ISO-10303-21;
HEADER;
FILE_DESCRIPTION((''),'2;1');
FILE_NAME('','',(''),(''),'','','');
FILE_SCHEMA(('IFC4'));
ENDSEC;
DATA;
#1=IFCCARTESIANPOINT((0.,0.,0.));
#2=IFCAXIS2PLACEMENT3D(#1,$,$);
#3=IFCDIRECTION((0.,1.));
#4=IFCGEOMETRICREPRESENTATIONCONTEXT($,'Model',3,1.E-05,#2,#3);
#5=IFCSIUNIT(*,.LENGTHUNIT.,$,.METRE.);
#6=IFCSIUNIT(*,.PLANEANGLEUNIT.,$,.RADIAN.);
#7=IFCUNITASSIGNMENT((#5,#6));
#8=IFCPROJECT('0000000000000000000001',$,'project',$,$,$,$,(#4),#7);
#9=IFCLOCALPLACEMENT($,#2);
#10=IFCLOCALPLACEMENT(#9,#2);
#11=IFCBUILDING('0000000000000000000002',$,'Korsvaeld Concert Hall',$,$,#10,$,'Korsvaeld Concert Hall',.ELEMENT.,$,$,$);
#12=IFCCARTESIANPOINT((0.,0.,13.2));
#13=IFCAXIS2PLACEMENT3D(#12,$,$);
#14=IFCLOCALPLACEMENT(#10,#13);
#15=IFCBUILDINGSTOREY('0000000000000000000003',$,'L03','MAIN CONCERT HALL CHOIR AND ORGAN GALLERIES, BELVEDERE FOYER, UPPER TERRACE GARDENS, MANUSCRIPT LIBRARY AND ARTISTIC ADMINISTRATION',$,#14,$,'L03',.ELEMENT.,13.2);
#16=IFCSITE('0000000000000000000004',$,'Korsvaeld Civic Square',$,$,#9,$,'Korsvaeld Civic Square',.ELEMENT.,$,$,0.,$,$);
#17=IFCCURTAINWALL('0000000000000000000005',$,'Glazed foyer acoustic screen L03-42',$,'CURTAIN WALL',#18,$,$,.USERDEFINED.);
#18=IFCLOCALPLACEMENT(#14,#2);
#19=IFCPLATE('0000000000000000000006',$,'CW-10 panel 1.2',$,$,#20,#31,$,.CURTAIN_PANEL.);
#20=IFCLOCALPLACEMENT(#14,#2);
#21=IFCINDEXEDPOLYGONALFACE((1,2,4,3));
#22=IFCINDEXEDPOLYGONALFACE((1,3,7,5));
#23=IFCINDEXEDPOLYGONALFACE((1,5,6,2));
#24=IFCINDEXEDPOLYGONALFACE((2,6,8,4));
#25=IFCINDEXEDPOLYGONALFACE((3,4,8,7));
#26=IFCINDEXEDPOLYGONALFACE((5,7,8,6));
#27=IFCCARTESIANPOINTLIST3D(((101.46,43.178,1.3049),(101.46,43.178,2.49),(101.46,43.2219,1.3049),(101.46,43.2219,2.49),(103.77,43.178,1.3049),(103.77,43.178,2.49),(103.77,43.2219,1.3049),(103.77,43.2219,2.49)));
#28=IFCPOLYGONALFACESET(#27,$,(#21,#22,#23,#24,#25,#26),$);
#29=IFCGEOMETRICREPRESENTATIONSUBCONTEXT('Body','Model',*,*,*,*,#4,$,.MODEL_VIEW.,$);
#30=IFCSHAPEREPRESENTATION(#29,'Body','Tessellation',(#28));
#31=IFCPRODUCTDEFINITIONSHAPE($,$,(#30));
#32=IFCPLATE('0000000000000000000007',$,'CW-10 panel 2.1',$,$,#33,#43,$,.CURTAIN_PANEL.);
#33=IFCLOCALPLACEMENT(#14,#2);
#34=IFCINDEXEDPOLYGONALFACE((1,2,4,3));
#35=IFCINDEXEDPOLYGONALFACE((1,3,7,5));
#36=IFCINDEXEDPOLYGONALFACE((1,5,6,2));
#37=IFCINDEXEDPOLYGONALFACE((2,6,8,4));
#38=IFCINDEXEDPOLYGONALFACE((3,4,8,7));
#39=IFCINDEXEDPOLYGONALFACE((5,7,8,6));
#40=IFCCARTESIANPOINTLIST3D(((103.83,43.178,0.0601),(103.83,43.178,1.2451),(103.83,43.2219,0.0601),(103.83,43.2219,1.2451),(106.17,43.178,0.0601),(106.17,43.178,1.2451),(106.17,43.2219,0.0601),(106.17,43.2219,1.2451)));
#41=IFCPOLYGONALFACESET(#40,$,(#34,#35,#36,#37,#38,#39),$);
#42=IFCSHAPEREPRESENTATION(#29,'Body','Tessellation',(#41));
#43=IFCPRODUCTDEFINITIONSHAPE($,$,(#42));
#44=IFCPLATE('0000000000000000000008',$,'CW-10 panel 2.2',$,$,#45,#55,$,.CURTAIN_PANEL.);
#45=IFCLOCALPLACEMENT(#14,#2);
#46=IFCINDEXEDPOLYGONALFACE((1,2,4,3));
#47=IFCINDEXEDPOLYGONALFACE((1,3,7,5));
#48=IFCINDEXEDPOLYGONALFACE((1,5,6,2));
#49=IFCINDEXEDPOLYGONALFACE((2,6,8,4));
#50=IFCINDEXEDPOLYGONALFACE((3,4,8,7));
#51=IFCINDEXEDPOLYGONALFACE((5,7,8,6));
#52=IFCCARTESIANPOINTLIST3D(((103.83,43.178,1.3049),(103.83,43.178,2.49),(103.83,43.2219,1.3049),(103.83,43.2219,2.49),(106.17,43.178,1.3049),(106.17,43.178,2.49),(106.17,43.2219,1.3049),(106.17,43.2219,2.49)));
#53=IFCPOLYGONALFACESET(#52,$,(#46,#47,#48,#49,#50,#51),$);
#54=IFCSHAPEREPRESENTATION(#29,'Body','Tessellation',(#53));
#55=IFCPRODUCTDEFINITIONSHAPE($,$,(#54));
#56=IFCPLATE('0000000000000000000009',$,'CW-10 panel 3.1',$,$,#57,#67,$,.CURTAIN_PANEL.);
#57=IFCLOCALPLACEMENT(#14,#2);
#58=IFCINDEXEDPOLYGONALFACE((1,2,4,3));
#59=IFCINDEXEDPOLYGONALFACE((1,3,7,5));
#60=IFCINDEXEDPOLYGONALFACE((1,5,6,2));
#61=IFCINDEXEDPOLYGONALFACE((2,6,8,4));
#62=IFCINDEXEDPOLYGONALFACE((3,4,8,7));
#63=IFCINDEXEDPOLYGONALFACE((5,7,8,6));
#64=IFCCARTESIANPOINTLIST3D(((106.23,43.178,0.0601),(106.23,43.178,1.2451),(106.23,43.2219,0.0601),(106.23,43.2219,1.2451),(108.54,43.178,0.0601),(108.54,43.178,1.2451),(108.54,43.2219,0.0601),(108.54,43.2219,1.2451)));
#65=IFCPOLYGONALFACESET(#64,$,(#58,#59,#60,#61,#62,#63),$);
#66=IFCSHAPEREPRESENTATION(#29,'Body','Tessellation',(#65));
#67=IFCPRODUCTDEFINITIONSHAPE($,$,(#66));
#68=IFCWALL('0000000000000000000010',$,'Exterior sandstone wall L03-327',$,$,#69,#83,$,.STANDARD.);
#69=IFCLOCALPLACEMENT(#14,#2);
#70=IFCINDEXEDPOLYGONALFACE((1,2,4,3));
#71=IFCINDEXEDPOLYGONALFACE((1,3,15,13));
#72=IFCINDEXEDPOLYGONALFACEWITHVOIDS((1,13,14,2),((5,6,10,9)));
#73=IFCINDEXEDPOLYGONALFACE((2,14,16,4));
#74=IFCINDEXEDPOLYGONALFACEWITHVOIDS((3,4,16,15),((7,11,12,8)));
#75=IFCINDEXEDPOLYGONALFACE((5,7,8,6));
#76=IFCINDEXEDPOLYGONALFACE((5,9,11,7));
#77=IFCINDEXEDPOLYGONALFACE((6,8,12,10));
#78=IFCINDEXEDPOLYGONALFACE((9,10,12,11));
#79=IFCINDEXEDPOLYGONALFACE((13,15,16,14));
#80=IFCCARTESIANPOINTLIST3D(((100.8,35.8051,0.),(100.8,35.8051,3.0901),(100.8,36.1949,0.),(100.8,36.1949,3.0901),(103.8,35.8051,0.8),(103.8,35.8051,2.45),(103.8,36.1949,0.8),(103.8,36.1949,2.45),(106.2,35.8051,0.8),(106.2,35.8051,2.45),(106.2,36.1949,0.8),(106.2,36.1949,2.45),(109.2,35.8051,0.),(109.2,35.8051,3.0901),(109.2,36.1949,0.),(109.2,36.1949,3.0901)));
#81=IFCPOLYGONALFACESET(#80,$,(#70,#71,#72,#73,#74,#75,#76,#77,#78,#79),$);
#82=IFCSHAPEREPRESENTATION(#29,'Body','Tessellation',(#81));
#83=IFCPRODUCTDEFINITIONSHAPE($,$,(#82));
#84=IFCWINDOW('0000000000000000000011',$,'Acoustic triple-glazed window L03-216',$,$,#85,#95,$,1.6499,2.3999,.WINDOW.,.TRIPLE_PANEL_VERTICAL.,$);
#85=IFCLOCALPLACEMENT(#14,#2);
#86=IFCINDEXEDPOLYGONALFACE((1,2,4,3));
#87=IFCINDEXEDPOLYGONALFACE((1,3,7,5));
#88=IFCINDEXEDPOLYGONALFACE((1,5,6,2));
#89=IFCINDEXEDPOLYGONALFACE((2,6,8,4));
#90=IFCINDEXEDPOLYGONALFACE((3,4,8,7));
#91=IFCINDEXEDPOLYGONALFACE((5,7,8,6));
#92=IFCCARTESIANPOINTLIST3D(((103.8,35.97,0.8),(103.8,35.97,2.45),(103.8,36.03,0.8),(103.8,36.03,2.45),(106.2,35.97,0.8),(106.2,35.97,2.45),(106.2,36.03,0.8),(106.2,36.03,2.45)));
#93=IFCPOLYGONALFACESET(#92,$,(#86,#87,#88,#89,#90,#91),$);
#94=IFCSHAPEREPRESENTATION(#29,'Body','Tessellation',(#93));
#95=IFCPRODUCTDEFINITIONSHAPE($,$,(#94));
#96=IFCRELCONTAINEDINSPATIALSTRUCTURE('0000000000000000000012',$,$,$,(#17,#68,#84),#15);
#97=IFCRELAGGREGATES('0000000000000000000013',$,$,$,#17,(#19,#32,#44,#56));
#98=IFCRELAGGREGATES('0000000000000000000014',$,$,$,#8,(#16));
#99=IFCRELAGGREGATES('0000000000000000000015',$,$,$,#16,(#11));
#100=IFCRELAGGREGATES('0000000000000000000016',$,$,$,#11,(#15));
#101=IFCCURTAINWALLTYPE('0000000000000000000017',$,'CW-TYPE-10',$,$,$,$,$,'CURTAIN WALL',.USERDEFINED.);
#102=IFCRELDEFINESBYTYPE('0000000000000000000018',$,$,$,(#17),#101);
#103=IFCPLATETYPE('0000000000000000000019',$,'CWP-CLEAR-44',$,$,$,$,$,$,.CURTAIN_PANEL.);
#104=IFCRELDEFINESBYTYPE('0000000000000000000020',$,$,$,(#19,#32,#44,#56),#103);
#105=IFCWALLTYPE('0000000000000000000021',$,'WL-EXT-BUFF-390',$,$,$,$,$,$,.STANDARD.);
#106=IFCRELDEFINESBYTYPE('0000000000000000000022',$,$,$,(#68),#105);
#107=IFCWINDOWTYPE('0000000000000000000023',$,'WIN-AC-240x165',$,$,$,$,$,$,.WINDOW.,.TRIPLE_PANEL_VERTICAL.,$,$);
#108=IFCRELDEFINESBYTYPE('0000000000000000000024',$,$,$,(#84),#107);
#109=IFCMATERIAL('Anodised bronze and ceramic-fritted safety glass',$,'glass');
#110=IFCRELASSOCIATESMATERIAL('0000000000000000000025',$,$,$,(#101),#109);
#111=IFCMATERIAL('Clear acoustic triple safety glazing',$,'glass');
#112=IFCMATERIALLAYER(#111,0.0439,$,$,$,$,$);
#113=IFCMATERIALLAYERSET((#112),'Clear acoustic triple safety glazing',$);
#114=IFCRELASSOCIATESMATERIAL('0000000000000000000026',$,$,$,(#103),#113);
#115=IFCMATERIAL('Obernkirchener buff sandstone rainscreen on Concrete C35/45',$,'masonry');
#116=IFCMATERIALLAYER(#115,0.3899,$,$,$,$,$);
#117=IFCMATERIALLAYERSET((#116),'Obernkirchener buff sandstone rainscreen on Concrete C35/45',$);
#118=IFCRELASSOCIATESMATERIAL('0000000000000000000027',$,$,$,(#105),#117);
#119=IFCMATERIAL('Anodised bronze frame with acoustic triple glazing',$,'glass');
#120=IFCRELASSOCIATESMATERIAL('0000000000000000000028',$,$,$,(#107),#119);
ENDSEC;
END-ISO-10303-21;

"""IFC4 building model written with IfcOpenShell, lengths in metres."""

from ifc_helpers import new_model, si_unit, direction, frame, frame_2d, origin, origin_2d, place, context, subcontext, project, spatial, rectangle, extrude, material, layer, layer_set, type_object, element, fill, aggregate, save


model = new_model("IFC4")

# Units and contexts
model_context = context("Model", 3, precision=1e-05, world=origin(), true_north=direction((0.0, 1.0)))
body_context = subcontext(model_context, "Body", "Model", "MODEL_VIEW")
ifc_project = project(units=[si_unit("LENGTHUNIT", "METRE"), si_unit("PLANEANGLEUNIT", "RADIAN")], contexts=[model_context])

# Site, building, storey
site_placement = place(None, origin())
site = spatial("IfcSite", under=ifc_project, at=site_placement, Name="Korsvaeld Civic Square", LongName="Korsvaeld Civic Square", CompositionType="ELEMENT", RefElevation=0.0)
building_placement = place(site_placement, origin())
building = spatial("IfcBuilding", under=site, at=building_placement, Name="Korsvaeld Concert Hall", LongName="Korsvaeld Concert Hall", CompositionType="ELEMENT")
storey_placement = place(building_placement, frame((0.0, 0.0, 13.2)))
storey = spatial("IfcBuildingStorey", under=building, at=storey_placement, Name="L03", Description="MAIN CONCERT HALL CHOIR AND ORGAN GALLERIES, BELVEDERE FOYER, UPPER TERRACE GARDENS, MANUSCRIPT LIBRARY AND ARTISTIC ADMINISTRATION", LongName="L03", CompositionType="ELEMENT", Elevation=13.2)

# Curtain wall, plates
ifc_material_1 = material(Name="Anodised bronze and ceramic-fritted safety glass", Category="glass")
curtain_wall_type = type_object("IfcCurtainWallType", Name="CW-TYPE-10", ElementType="CURTAIN WALL", PredefinedType="USERDEFINED", material=ifc_material_1)
curtain_wall_placement = place(storey_placement, origin())
curtain_wall = element("IfcCurtainWall", 1, at=curtain_wall_placement, inside=storey, type_object=curtain_wall_type, Name="Glazed foyer acoustic screen L03-42", ObjectType="CURTAIN WALL", PredefinedType="USERDEFINED")
ifc_material_2 = material(Name="Clear acoustic triple safety glazing", Category="glass")
ifc_layer_1 = layer(ifc_material_2, 0.0439)
ifc_layer_set_1 = layer_set([ifc_layer_1], Name="Clear acoustic triple safety glazing")
plate_type = type_object("IfcPlateType", Name="CWP-CLEAR-44", PredefinedType="CURTAIN_PANEL", material=ifc_layer_set_1)
plate_1_placement = place(storey_placement, frame((102.615, 43.2, 1.3049), z_axis=(0.0, 0.0, 1.0), x_axis=(1.0, 0.0, 0.0)))
plate_1 = element("IfcPlate", 2, at=plate_1_placement, type_object=plate_type, Name="CW-10 panel 1.2", PredefinedType="CURTAIN_PANEL", context=body_context, shape_type="SweptSolid", body=[
    extrude(rectangle(XDim=2.3101, YDim=0.0439, at=origin_2d()), origin(), (0.0, 0.0, 1.0), 1.1851),
])
plate_2_placement = place(storey_placement, frame((105.0, 43.2, 0.0601), z_axis=(0.0, 0.0, 1.0), x_axis=(1.0, 0.0, 0.0)))
plate_2 = element("IfcPlate", 3, at=plate_2_placement, type_object=plate_type, Name="CW-10 panel 2.1", PredefinedType="CURTAIN_PANEL", context=body_context, shape_type="SweptSolid", body=[
    extrude(rectangle(XDim=2.3401, YDim=0.0439, at=origin_2d()), origin(), (0.0, 0.0, 1.0), 1.1851),
])
plate_3_placement = place(storey_placement, frame((105.0, 43.2, 1.3049), z_axis=(0.0, 0.0, 1.0), x_axis=(1.0, 0.0, 0.0)))
plate_3 = element("IfcPlate", 4, at=plate_3_placement, type_object=plate_type, Name="CW-10 panel 2.2", PredefinedType="CURTAIN_PANEL", context=body_context, shape_type="SweptSolid", body=[
    extrude(rectangle(XDim=2.3401, YDim=0.0439, at=origin_2d()), origin(), (0.0, 0.0, 1.0), 1.1851),
])
plate_4_placement = place(storey_placement, frame((107.385, 43.2, 0.0601), z_axis=(0.0, 0.0, 1.0), x_axis=(1.0, 0.0, 0.0)))
plate_4 = element("IfcPlate", 5, at=plate_4_placement, type_object=plate_type, Name="CW-10 panel 3.1", PredefinedType="CURTAIN_PANEL", context=body_context, shape_type="SweptSolid", body=[
    extrude(rectangle(XDim=2.3101, YDim=0.0439, at=origin_2d()), origin(), (0.0, 0.0, 1.0), 1.1851),
])
aggregate(curtain_wall, [plate_1, plate_2, plate_3, plate_4])

# Wall, opening, window
ifc_material_3 = material(Name="Obernkirchener buff sandstone rainscreen on Concrete C35/45", Category="masonry")
ifc_layer_2 = layer(ifc_material_3, 0.3899)
ifc_layer_set_2 = layer_set([ifc_layer_2], Name="Obernkirchener buff sandstone rainscreen on Concrete C35/45")
wall_type = type_object("IfcWallType", Name="WL-EXT-BUFF-390", PredefinedType="STANDARD", material=ifc_layer_set_2)
wall_placement = place(storey_placement, frame((109.2, 36.0, 0.0), z_axis=(0.0, 0.0, 1.0), x_axis=(-1.0, 0.0, 0.0)))
wall = element("IfcWall", 6, at=wall_placement, inside=storey, type_object=wall_type, Name="Exterior sandstone wall L03-327", PredefinedType="STANDARD", context=body_context, shape_type="SweptSolid", body=[
    extrude(rectangle(XDim=8.3999, YDim=0.3899, at=frame_2d((4.2, 0.0))), origin(), (0.0, 0.0, 1.0), 3.0901),
])
opening_placement = place(wall_placement, frame((3.0, 0.0, 0.8)))
opening = element("IfcOpeningElement", 7, at=opening_placement, cuts=wall, PredefinedType="OPENING", context=body_context, shape_type="SweptSolid", body=[
    extrude(rectangle(XDim=2.3999, YDim=1.6499, at=frame_2d((1.2, 0.825))), frame((0.0, 0.2051, 0.0), z_axis=(0.0, -1.0, 0.0), x_axis=(1.0, 0.0, 0.0)), (0.0, 0.0, 1.0), 0.4099),
])
ifc_material_4 = material(Name="Anodised bronze frame with acoustic triple glazing", Category="glass")
window_type = type_object("IfcWindowType", Name="WIN-AC-240x165", PartitioningType="TRIPLE_PANEL_VERTICAL", PredefinedType="WINDOW", material=ifc_material_4)
window_placement = place(opening_placement, origin())
window = element("IfcWindow", 8, at=window_placement, inside=storey, type_object=window_type, Name="Acoustic triple-glazed window L03-216", OverallHeight=1.6499, OverallWidth=2.3999, PartitioningType="TRIPLE_PANEL_VERTICAL", PredefinedType="WINDOW", context=body_context, shape_type="SweptSolid", body=[
    extrude(rectangle(XDim=2.3999, YDim=1.6499, at=frame_2d((1.2, 0.825))), frame((0.0, 0.03, 0.0), z_axis=(0.0, -1.0, 0.0), x_axis=(1.0, 0.0, 0.0)), (0.0, 0.0, 1.0), 0.0601),
])
fill(opening, window)

save(model, "model.ifc")
